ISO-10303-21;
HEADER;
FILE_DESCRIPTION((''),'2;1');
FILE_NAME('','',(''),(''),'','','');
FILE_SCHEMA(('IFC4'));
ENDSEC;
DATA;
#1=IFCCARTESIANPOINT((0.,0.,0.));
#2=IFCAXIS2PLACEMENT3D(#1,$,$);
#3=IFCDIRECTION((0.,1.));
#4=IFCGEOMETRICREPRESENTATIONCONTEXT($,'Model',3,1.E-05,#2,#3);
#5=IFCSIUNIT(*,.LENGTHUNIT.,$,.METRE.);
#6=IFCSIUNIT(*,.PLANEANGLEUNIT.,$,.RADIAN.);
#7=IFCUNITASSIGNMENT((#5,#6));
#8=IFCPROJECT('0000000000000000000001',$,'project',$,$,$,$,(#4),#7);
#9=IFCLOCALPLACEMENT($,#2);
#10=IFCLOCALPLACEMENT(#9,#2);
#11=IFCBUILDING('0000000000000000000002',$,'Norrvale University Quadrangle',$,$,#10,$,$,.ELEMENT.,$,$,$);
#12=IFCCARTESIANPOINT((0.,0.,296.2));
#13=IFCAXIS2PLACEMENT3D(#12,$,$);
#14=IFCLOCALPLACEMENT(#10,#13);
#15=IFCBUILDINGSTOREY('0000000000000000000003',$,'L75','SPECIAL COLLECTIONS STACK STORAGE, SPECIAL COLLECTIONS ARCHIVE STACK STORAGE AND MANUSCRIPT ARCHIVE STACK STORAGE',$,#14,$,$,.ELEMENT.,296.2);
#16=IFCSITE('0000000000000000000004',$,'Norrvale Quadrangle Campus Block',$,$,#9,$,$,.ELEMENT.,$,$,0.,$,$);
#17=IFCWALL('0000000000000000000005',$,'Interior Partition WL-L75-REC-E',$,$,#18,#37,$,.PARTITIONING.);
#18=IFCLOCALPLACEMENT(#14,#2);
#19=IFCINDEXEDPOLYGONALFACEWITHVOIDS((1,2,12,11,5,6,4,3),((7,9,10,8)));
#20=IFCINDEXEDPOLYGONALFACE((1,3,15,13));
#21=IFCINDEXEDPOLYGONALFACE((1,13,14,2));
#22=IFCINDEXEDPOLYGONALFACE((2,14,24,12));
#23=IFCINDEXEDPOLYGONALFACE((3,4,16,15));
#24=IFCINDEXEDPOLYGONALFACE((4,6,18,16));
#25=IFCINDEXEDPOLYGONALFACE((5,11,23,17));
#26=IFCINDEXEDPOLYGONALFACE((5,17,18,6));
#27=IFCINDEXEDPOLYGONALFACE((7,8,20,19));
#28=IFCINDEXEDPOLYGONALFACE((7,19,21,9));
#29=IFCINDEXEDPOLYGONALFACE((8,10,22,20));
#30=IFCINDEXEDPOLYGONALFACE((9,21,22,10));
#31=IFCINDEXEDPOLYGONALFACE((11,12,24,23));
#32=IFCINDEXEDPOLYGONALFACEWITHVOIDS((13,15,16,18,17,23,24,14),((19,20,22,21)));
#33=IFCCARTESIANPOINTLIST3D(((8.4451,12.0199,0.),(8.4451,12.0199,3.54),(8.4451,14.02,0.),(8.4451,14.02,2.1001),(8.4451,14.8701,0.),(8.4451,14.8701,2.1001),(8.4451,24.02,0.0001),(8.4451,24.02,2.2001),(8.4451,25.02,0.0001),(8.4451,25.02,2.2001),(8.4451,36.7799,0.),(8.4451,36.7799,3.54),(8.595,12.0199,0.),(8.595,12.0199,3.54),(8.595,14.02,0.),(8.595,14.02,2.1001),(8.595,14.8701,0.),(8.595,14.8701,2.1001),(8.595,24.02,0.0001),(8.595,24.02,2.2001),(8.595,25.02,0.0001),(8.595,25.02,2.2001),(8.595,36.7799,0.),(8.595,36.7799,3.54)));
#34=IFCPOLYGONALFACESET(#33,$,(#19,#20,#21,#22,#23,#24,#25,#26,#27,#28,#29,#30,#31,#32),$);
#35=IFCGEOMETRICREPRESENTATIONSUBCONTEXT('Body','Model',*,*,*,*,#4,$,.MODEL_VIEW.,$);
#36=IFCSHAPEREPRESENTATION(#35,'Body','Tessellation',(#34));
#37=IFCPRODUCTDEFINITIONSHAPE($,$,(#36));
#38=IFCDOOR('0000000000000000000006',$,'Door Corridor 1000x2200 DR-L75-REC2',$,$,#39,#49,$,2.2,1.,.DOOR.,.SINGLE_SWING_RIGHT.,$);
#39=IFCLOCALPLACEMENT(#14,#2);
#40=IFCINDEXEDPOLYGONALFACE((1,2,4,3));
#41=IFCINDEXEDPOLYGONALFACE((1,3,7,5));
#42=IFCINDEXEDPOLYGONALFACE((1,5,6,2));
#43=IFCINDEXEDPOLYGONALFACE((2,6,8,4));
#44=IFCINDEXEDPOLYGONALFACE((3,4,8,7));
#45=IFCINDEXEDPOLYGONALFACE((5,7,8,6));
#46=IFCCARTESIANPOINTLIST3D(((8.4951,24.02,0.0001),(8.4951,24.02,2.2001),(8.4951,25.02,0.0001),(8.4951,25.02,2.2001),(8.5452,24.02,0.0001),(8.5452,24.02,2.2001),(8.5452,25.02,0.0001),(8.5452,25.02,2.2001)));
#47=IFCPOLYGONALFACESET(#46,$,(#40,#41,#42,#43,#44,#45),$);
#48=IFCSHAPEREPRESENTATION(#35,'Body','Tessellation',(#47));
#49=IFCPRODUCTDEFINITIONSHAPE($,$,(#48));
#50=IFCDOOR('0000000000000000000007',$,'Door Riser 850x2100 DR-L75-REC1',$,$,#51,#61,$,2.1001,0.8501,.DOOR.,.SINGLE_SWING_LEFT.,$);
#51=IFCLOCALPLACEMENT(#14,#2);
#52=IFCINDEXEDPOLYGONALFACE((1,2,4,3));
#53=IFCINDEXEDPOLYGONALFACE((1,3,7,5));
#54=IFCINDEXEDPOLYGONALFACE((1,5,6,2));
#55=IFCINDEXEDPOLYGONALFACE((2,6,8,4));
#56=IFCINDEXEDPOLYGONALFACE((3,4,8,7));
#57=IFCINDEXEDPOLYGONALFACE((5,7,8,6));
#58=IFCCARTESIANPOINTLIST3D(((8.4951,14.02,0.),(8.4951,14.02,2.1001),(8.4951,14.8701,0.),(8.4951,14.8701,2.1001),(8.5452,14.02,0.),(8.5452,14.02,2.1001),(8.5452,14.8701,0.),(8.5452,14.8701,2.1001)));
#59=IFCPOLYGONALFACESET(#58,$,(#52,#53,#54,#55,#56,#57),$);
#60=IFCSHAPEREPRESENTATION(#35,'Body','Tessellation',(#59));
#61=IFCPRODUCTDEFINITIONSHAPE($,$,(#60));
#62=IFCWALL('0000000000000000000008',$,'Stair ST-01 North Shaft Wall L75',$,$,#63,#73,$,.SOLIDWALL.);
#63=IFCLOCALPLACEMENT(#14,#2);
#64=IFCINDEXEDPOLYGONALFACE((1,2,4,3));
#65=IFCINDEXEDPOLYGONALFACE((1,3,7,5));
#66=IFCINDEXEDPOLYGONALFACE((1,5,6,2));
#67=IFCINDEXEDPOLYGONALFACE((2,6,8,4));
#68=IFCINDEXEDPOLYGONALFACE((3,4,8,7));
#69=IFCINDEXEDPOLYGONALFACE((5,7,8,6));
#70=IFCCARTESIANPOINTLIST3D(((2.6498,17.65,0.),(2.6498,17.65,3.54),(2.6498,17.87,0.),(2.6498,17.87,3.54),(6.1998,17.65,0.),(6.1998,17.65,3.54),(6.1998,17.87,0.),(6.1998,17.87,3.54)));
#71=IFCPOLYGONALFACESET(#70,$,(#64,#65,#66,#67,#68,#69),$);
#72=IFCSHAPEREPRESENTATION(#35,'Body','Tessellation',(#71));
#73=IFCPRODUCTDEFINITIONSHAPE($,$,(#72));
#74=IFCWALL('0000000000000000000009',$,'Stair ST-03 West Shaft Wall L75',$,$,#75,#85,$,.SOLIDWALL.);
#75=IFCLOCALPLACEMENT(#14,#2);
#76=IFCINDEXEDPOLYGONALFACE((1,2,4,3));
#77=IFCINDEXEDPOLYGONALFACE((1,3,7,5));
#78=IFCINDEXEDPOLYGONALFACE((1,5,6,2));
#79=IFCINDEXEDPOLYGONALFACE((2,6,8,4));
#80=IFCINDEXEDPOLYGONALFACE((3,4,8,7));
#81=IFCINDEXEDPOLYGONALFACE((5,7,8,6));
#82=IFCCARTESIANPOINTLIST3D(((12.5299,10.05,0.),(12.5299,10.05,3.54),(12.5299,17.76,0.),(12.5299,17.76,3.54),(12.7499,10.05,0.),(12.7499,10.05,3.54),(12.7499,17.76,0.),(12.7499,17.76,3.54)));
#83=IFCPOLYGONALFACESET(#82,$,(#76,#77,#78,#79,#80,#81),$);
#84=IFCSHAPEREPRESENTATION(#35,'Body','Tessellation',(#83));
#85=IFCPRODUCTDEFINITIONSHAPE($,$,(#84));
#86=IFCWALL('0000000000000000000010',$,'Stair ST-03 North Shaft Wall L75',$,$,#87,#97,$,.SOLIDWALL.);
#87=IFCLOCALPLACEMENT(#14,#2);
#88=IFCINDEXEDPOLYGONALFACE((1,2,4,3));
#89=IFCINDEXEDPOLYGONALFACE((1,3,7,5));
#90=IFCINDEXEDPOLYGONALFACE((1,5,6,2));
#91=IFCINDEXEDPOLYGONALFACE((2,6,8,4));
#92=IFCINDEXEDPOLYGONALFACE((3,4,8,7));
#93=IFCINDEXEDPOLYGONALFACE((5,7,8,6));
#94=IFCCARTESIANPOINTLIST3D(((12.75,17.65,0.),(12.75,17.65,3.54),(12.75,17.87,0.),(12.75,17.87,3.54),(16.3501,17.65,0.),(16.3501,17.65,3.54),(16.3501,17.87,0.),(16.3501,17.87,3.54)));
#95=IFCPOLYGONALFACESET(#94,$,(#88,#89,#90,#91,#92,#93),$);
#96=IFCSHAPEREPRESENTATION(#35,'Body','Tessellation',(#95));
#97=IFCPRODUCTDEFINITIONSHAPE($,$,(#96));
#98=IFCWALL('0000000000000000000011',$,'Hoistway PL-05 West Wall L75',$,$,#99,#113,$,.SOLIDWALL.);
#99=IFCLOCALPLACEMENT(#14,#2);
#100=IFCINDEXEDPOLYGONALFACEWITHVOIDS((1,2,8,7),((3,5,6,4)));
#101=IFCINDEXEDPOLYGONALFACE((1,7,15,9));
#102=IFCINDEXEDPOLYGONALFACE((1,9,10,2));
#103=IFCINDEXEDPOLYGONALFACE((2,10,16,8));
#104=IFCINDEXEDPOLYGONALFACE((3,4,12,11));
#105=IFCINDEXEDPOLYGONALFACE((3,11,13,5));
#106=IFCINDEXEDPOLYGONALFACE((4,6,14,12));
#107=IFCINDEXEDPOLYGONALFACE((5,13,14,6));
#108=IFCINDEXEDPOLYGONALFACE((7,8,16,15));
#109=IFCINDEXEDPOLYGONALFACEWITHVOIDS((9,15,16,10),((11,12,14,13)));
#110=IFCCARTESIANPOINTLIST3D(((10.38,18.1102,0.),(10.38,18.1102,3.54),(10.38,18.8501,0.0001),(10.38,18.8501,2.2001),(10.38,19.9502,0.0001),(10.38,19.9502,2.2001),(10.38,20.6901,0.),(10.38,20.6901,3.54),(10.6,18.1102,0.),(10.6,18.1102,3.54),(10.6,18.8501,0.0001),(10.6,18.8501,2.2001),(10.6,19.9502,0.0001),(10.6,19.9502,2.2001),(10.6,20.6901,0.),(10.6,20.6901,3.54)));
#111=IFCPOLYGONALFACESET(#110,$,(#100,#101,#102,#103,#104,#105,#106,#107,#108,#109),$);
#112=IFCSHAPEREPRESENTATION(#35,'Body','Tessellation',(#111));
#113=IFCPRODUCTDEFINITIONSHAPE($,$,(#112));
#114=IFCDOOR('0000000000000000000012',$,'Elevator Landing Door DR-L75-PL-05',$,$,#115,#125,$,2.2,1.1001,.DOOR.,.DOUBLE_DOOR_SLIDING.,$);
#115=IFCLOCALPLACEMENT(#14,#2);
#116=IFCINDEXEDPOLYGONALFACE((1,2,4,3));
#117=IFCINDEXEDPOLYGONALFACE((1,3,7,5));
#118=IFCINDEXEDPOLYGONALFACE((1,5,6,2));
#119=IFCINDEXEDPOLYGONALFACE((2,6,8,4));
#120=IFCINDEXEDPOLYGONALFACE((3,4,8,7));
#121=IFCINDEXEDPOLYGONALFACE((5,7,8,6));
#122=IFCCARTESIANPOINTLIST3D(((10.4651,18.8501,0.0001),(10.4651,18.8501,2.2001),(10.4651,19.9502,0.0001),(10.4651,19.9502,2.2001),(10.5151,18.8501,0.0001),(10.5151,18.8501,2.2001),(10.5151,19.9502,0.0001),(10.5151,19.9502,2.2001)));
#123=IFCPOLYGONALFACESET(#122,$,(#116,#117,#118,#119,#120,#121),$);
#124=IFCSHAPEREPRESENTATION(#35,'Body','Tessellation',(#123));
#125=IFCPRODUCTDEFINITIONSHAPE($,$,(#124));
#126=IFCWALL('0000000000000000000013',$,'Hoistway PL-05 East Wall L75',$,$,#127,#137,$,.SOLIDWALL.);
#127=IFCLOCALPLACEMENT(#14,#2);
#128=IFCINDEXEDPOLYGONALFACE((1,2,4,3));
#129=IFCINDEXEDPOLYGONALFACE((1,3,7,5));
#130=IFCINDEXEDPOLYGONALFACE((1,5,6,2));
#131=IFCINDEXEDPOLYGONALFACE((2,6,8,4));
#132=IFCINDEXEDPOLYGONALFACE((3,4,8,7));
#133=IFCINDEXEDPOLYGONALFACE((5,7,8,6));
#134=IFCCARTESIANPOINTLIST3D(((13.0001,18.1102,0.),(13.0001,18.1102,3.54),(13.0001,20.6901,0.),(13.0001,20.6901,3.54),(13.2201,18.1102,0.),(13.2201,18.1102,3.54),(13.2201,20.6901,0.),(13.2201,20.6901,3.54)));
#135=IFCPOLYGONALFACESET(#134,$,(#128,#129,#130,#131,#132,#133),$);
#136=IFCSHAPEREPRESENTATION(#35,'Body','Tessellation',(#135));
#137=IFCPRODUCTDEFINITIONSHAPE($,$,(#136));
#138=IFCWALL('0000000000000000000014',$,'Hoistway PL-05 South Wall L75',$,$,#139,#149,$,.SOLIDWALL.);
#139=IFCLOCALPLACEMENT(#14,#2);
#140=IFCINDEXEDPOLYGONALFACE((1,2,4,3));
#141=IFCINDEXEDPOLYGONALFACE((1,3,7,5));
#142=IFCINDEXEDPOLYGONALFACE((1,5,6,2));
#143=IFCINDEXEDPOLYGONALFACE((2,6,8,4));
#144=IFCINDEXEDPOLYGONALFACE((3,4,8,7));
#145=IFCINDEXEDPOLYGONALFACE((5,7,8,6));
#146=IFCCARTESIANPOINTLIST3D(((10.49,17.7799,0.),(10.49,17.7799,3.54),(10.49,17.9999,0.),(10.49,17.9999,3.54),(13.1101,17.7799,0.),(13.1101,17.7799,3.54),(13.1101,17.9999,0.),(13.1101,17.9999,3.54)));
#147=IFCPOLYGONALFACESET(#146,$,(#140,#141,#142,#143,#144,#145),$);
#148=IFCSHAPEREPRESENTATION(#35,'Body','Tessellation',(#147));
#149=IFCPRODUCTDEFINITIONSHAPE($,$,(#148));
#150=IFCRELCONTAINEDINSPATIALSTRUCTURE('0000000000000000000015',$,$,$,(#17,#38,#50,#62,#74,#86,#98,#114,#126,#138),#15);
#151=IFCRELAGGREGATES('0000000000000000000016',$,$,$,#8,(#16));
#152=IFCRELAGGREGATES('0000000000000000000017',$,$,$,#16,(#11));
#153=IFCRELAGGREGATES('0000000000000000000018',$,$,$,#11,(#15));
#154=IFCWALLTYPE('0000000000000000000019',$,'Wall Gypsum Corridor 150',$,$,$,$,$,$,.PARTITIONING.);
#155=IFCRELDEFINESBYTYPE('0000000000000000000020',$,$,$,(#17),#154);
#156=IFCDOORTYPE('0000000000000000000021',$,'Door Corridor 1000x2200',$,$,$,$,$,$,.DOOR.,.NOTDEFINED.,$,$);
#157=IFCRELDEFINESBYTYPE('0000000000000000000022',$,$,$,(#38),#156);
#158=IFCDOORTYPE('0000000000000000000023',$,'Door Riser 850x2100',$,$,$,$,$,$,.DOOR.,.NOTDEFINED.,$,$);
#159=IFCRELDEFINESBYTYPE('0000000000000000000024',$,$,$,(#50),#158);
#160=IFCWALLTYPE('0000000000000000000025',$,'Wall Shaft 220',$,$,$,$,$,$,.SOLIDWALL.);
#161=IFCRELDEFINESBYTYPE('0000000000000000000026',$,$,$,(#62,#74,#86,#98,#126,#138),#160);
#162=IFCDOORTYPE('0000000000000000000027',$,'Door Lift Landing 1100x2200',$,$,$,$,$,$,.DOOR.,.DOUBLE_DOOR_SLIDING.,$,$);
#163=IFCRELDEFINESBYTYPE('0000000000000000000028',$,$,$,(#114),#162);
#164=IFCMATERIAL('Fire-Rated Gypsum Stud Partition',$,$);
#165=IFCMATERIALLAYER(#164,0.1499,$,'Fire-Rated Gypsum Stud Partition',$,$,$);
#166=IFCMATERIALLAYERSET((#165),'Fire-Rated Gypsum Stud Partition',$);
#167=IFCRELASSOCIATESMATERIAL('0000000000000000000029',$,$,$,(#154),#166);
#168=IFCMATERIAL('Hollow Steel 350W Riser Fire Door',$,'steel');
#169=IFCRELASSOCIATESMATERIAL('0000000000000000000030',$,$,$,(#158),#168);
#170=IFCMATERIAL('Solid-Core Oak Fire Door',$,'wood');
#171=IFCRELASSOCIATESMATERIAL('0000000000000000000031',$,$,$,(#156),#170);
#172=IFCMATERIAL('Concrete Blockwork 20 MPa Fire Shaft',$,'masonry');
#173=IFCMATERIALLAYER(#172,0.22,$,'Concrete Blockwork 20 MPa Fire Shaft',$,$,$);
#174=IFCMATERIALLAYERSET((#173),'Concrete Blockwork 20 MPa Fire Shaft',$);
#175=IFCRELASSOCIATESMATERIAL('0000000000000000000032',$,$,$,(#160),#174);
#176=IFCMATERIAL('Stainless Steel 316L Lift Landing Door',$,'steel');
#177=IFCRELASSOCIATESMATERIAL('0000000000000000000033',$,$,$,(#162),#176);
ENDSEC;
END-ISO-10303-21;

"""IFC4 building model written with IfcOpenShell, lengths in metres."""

from ifc_helpers import new_model, si_unit, direction, frame, frame_2d, origin, place, context, subcontext, project, spatial, rectangle, extrude, material, layer, layer_set, type_object, element, fill, save


model = new_model("IFC4")

# Units and contexts
model_context = context("Model", 3, precision=1e-05, world=origin(), true_north=direction((0.0, 1.0)))
body_context = subcontext(model_context, "Body", "Model", "MODEL_VIEW")
ifc_project = project(units=[si_unit("LENGTHUNIT", "METRE"), si_unit("PLANEANGLEUNIT", "RADIAN")], contexts=[model_context])

# Site, building, storey
site_placement = place(None, origin())
site = spatial("IfcSite", under=ifc_project, at=site_placement, Name="Norrvale Quadrangle Campus Block", CompositionType="ELEMENT", RefElevation=0.0)
building_placement = place(site_placement, origin())
building = spatial("IfcBuilding", under=site, at=building_placement, Name="Norrvale University Quadrangle", CompositionType="ELEMENT")
storey_placement = place(building_placement, frame((0.0, 0.0, 296.2)))
storey = spatial("IfcBuildingStorey", under=building, at=storey_placement, Name="L75", Description="SPECIAL COLLECTIONS STACK STORAGE, SPECIAL COLLECTIONS ARCHIVE STACK STORAGE AND MANUSCRIPT ARCHIVE STACK STORAGE", CompositionType="ELEMENT", Elevation=296.2)

# Shared definitions
ifc_material_1 = material(Name="Fire-Rated Gypsum Stud Partition")
ifc_layer_1 = layer(ifc_material_1, 0.1499, Name="Fire-Rated Gypsum Stud Partition")
ifc_layer_set_1 = layer_set([ifc_layer_1], Name="Fire-Rated Gypsum Stud Partition")
wall_type_1 = type_object("IfcWallType", Name="Wall Gypsum Corridor 150", PredefinedType="PARTITIONING", material=ifc_layer_set_1)
ifc_material_2 = material(Name="Hollow Steel 350W Riser Fire Door", Category="steel")
door_type_1 = type_object("IfcDoorType", Name="Door Riser 850x2100", OperationType="NOTDEFINED", PredefinedType="DOOR", material=ifc_material_2)

# Wall, openings, doors
wall_1_placement = place(storey_placement, frame((8.52, 12.02, 0.0), z_axis=(0.0, 0.0, 1.0), x_axis=(0.0, 1.0, 0.0)))
wall_1 = element("IfcWall", 1, at=wall_1_placement, inside=storey, type_object=wall_type_1, Name="Interior Partition WL-L75-REC-E", PredefinedType="PARTITIONING", context=body_context, shape_type="SweptSolid", body=[
    extrude(rectangle(XDim=24.76, YDim=0.1499, at=frame_2d((12.3799, 0.0))), origin(), (0.0, 0.0, 1.0), 3.54),
])
opening_1_placement = place(wall_1_placement, frame((2.0, 0.0, 0.0)))
opening_1 = element("IfcOpeningElement", 2, at=opening_1_placement, cuts=wall_1, PredefinedType="OPENING", context=body_context, shape_type="SweptSolid", body=[
    extrude(rectangle(XDim=0.8501, YDim=2.1001, at=frame_2d((0.425, 1.05))), frame((0.0, 0.0869, 0.0), z_axis=(0.0, -1.0, 0.0), x_axis=(1.0, 0.0, 0.0)), (0.0, 0.0, 1.0), 0.1738),
])
opening_2_placement = place(wall_1_placement, frame((12.0, 0.0, 0.0)))
opening_2 = element("IfcOpeningElement", 3, at=opening_2_placement, cuts=wall_1, PredefinedType="OPENING", context=body_context, shape_type="SweptSolid", body=[
    extrude(rectangle(XDim=1.0, YDim=2.2, at=frame_2d((0.5, 1.1001))), frame((0.0, 0.0869, 0.0), z_axis=(0.0, -1.0, 0.0), x_axis=(1.0, 0.0, 0.0)), (0.0, 0.0, 1.0), 0.1738),
])
ifc_material_3 = material(Name="Solid-Core Oak Fire Door", Category="wood")
door_type_2 = type_object("IfcDoorType", Name="Door Corridor 1000x2200", OperationType="NOTDEFINED", PredefinedType="DOOR", material=ifc_material_3)
door_1_placement = place(opening_2_placement, origin())
door_1 = element("IfcDoor", 4, at=door_1_placement, inside=storey, type_object=door_type_2, Name="Door Corridor 1000x2200 DR-L75-REC2", OperationType="SINGLE_SWING_RIGHT", OverallHeight=2.2, OverallWidth=1.0, PredefinedType="DOOR", context=body_context, shape_type="SweptSolid", body=[
    extrude(rectangle(XDim=1.0, YDim=2.2, at=frame_2d((0.5, 1.1001))), frame((0.0, 0.0249, 0.0), z_axis=(0.0, -1.0, 0.0), x_axis=(1.0, 0.0, 0.0)), (0.0, 0.0, 1.0), 0.05),
])
fill(opening_2, door_1)
door_2_placement = place(opening_1_placement, origin())
door_2 = element("IfcDoor", 5, at=door_2_placement, inside=storey, type_object=door_type_1, Name="Door Riser 850x2100 DR-L75-REC1", OperationType="SINGLE_SWING_LEFT", OverallHeight=2.1001, OverallWidth=0.8501, PredefinedType="DOOR", context=body_context, shape_type="SweptSolid", body=[
    extrude(rectangle(XDim=0.8501, YDim=2.1001, at=frame_2d((0.425, 1.05))), frame((0.0, 0.0249, 0.0), z_axis=(0.0, -1.0, 0.0), x_axis=(1.0, 0.0, 0.0)), (0.0, 0.0, 1.0), 0.05),
])
fill(opening_1, door_2)

# Walls
ifc_material_4 = material(Name="Concrete Blockwork 20 MPa Fire Shaft", Category="masonry")
ifc_layer_2 = layer(ifc_material_4, 0.22, Name="Concrete Blockwork 20 MPa Fire Shaft")
ifc_layer_set_2 = layer_set([ifc_layer_2], Name="Concrete Blockwork 20 MPa Fire Shaft")
wall_type_2 = type_object("IfcWallType", Name="Wall Shaft 220", PredefinedType="SOLIDWALL", material=ifc_layer_set_2)
wall_2_placement = place(storey_placement, frame((2.6499, 17.76, 0.0), z_axis=(0.0, 0.0, 1.0), x_axis=(1.0, 0.0, 0.0)))
element("IfcWall", 6, at=wall_2_placement, inside=storey, type_object=wall_type_2, Name="Stair ST-01 North Shaft Wall L75", PredefinedType="SOLIDWALL", context=body_context, shape_type="SweptSolid", body=[
    extrude(rectangle(XDim=3.55, YDim=0.22, at=frame_2d((1.7749, 0.0))), origin(), (0.0, 0.0, 1.0), 3.54),
])
wall_3_placement = place(storey_placement, frame((12.6399, 10.05, 0.0), z_axis=(0.0, 0.0, 1.0), x_axis=(0.0, 1.0, 0.0)))
element("IfcWall", 7, at=wall_3_placement, inside=storey, type_object=wall_type_2, Name="Stair ST-03 West Shaft Wall L75", PredefinedType="SOLIDWALL", context=body_context, shape_type="SweptSolid", body=[
    extrude(rectangle(XDim=7.71, YDim=0.22, at=frame_2d((3.855, 0.0))), origin(), (0.0, 0.0, 1.0), 3.54),
])
wall_4_placement = place(storey_placement, frame((12.75, 17.76, 0.0), z_axis=(0.0, 0.0, 1.0), x_axis=(1.0, 0.0, 0.0)))
element("IfcWall", 8, at=wall_4_placement, inside=storey, type_object=wall_type_2, Name="Stair ST-03 North Shaft Wall L75", PredefinedType="SOLIDWALL", context=body_context, shape_type="SweptSolid", body=[
    extrude(rectangle(XDim=3.6001, YDim=0.22, at=frame_2d((1.8, 0.0))), origin(), (0.0, 0.0, 1.0), 3.54),
])

# Wall, opening, door
wall_5_placement = place(storey_placement, frame((10.49, 18.1101, 0.0), z_axis=(0.0, 0.0, 1.0), x_axis=(0.0, 1.0, 0.0)))
wall_5 = element("IfcWall", 9, at=wall_5_placement, inside=storey, type_object=wall_type_2, Name="Hoistway PL-05 West Wall L75", PredefinedType="SOLIDWALL", context=body_context, shape_type="SweptSolid", body=[
    extrude(rectangle(XDim=2.5798, YDim=0.22, at=frame_2d((1.29, 0.0))), origin(), (0.0, 0.0, 1.0), 3.54),
])
opening_3_placement = place(wall_5_placement, frame((0.74, 0.0, 0.0)))
opening_3 = element("IfcOpeningElement", 10, at=opening_3_placement, cuts=wall_5, PredefinedType="OPENING", context=body_context, shape_type="SweptSolid", body=[
    extrude(rectangle(XDim=1.1001, YDim=2.2, at=frame_2d((0.55, 1.1001))), frame((0.0, 0.1221, 0.0), z_axis=(0.0, -1.0, 0.0), x_axis=(1.0, 0.0, 0.0)), (0.0, 0.0, 1.0), 0.2439),
])
ifc_material_5 = material(Name="Stainless Steel 316L Lift Landing Door", Category="steel")
door_type_3 = type_object("IfcDoorType", Name="Door Lift Landing 1100x2200", OperationType="DOUBLE_DOOR_SLIDING", PredefinedType="DOOR", material=ifc_material_5)
door_3_placement = place(opening_3_placement, origin())
door_3 = element("IfcDoor", 11, at=door_3_placement, inside=storey, type_object=door_type_3, Name="Elevator Landing Door DR-L75-PL-05", OperationType="DOUBLE_DOOR_SLIDING", OverallHeight=2.2, OverallWidth=1.1001, PredefinedType="DOOR", context=body_context, shape_type="SweptSolid", body=[
    extrude(rectangle(XDim=1.1001, YDim=2.2, at=frame_2d((0.55, 1.1001))), frame((0.0, 0.0249, 0.0), z_axis=(0.0, -1.0, 0.0), x_axis=(1.0, 0.0, 0.0)), (0.0, 0.0, 1.0), 0.05),
])
fill(opening_3, door_3)

# Walls
wall_6_placement = place(storey_placement, frame((13.1101, 18.1101, 0.0), z_axis=(0.0, 0.0, 1.0), x_axis=(0.0, 1.0, 0.0)))
element("IfcWall", 12, at=wall_6_placement, inside=storey, type_object=wall_type_2, Name="Hoistway PL-05 East Wall L75", PredefinedType="SOLIDWALL", context=body_context, shape_type="SweptSolid", body=[
    extrude(rectangle(XDim=2.5798, YDim=0.22, at=frame_2d((1.29, 0.0))), origin(), (0.0, 0.0, 1.0), 3.54),
])
wall_7_placement = place(storey_placement, frame((10.49, 17.8899, 0.0), z_axis=(0.0, 0.0, 1.0), x_axis=(1.0, 0.0, 0.0)))
element("IfcWall", 13, at=wall_7_placement, inside=storey, type_object=wall_type_2, Name="Hoistway PL-05 South Wall L75", PredefinedType="SOLIDWALL", context=body_context, shape_type="SweptSolid", body=[
    extrude(rectangle(XDim=2.6201, YDim=0.22, at=frame_2d((1.3101, 0.0))), origin(), (0.0, 0.0, 1.0), 3.54),
])

save(model, "model.ifc")
